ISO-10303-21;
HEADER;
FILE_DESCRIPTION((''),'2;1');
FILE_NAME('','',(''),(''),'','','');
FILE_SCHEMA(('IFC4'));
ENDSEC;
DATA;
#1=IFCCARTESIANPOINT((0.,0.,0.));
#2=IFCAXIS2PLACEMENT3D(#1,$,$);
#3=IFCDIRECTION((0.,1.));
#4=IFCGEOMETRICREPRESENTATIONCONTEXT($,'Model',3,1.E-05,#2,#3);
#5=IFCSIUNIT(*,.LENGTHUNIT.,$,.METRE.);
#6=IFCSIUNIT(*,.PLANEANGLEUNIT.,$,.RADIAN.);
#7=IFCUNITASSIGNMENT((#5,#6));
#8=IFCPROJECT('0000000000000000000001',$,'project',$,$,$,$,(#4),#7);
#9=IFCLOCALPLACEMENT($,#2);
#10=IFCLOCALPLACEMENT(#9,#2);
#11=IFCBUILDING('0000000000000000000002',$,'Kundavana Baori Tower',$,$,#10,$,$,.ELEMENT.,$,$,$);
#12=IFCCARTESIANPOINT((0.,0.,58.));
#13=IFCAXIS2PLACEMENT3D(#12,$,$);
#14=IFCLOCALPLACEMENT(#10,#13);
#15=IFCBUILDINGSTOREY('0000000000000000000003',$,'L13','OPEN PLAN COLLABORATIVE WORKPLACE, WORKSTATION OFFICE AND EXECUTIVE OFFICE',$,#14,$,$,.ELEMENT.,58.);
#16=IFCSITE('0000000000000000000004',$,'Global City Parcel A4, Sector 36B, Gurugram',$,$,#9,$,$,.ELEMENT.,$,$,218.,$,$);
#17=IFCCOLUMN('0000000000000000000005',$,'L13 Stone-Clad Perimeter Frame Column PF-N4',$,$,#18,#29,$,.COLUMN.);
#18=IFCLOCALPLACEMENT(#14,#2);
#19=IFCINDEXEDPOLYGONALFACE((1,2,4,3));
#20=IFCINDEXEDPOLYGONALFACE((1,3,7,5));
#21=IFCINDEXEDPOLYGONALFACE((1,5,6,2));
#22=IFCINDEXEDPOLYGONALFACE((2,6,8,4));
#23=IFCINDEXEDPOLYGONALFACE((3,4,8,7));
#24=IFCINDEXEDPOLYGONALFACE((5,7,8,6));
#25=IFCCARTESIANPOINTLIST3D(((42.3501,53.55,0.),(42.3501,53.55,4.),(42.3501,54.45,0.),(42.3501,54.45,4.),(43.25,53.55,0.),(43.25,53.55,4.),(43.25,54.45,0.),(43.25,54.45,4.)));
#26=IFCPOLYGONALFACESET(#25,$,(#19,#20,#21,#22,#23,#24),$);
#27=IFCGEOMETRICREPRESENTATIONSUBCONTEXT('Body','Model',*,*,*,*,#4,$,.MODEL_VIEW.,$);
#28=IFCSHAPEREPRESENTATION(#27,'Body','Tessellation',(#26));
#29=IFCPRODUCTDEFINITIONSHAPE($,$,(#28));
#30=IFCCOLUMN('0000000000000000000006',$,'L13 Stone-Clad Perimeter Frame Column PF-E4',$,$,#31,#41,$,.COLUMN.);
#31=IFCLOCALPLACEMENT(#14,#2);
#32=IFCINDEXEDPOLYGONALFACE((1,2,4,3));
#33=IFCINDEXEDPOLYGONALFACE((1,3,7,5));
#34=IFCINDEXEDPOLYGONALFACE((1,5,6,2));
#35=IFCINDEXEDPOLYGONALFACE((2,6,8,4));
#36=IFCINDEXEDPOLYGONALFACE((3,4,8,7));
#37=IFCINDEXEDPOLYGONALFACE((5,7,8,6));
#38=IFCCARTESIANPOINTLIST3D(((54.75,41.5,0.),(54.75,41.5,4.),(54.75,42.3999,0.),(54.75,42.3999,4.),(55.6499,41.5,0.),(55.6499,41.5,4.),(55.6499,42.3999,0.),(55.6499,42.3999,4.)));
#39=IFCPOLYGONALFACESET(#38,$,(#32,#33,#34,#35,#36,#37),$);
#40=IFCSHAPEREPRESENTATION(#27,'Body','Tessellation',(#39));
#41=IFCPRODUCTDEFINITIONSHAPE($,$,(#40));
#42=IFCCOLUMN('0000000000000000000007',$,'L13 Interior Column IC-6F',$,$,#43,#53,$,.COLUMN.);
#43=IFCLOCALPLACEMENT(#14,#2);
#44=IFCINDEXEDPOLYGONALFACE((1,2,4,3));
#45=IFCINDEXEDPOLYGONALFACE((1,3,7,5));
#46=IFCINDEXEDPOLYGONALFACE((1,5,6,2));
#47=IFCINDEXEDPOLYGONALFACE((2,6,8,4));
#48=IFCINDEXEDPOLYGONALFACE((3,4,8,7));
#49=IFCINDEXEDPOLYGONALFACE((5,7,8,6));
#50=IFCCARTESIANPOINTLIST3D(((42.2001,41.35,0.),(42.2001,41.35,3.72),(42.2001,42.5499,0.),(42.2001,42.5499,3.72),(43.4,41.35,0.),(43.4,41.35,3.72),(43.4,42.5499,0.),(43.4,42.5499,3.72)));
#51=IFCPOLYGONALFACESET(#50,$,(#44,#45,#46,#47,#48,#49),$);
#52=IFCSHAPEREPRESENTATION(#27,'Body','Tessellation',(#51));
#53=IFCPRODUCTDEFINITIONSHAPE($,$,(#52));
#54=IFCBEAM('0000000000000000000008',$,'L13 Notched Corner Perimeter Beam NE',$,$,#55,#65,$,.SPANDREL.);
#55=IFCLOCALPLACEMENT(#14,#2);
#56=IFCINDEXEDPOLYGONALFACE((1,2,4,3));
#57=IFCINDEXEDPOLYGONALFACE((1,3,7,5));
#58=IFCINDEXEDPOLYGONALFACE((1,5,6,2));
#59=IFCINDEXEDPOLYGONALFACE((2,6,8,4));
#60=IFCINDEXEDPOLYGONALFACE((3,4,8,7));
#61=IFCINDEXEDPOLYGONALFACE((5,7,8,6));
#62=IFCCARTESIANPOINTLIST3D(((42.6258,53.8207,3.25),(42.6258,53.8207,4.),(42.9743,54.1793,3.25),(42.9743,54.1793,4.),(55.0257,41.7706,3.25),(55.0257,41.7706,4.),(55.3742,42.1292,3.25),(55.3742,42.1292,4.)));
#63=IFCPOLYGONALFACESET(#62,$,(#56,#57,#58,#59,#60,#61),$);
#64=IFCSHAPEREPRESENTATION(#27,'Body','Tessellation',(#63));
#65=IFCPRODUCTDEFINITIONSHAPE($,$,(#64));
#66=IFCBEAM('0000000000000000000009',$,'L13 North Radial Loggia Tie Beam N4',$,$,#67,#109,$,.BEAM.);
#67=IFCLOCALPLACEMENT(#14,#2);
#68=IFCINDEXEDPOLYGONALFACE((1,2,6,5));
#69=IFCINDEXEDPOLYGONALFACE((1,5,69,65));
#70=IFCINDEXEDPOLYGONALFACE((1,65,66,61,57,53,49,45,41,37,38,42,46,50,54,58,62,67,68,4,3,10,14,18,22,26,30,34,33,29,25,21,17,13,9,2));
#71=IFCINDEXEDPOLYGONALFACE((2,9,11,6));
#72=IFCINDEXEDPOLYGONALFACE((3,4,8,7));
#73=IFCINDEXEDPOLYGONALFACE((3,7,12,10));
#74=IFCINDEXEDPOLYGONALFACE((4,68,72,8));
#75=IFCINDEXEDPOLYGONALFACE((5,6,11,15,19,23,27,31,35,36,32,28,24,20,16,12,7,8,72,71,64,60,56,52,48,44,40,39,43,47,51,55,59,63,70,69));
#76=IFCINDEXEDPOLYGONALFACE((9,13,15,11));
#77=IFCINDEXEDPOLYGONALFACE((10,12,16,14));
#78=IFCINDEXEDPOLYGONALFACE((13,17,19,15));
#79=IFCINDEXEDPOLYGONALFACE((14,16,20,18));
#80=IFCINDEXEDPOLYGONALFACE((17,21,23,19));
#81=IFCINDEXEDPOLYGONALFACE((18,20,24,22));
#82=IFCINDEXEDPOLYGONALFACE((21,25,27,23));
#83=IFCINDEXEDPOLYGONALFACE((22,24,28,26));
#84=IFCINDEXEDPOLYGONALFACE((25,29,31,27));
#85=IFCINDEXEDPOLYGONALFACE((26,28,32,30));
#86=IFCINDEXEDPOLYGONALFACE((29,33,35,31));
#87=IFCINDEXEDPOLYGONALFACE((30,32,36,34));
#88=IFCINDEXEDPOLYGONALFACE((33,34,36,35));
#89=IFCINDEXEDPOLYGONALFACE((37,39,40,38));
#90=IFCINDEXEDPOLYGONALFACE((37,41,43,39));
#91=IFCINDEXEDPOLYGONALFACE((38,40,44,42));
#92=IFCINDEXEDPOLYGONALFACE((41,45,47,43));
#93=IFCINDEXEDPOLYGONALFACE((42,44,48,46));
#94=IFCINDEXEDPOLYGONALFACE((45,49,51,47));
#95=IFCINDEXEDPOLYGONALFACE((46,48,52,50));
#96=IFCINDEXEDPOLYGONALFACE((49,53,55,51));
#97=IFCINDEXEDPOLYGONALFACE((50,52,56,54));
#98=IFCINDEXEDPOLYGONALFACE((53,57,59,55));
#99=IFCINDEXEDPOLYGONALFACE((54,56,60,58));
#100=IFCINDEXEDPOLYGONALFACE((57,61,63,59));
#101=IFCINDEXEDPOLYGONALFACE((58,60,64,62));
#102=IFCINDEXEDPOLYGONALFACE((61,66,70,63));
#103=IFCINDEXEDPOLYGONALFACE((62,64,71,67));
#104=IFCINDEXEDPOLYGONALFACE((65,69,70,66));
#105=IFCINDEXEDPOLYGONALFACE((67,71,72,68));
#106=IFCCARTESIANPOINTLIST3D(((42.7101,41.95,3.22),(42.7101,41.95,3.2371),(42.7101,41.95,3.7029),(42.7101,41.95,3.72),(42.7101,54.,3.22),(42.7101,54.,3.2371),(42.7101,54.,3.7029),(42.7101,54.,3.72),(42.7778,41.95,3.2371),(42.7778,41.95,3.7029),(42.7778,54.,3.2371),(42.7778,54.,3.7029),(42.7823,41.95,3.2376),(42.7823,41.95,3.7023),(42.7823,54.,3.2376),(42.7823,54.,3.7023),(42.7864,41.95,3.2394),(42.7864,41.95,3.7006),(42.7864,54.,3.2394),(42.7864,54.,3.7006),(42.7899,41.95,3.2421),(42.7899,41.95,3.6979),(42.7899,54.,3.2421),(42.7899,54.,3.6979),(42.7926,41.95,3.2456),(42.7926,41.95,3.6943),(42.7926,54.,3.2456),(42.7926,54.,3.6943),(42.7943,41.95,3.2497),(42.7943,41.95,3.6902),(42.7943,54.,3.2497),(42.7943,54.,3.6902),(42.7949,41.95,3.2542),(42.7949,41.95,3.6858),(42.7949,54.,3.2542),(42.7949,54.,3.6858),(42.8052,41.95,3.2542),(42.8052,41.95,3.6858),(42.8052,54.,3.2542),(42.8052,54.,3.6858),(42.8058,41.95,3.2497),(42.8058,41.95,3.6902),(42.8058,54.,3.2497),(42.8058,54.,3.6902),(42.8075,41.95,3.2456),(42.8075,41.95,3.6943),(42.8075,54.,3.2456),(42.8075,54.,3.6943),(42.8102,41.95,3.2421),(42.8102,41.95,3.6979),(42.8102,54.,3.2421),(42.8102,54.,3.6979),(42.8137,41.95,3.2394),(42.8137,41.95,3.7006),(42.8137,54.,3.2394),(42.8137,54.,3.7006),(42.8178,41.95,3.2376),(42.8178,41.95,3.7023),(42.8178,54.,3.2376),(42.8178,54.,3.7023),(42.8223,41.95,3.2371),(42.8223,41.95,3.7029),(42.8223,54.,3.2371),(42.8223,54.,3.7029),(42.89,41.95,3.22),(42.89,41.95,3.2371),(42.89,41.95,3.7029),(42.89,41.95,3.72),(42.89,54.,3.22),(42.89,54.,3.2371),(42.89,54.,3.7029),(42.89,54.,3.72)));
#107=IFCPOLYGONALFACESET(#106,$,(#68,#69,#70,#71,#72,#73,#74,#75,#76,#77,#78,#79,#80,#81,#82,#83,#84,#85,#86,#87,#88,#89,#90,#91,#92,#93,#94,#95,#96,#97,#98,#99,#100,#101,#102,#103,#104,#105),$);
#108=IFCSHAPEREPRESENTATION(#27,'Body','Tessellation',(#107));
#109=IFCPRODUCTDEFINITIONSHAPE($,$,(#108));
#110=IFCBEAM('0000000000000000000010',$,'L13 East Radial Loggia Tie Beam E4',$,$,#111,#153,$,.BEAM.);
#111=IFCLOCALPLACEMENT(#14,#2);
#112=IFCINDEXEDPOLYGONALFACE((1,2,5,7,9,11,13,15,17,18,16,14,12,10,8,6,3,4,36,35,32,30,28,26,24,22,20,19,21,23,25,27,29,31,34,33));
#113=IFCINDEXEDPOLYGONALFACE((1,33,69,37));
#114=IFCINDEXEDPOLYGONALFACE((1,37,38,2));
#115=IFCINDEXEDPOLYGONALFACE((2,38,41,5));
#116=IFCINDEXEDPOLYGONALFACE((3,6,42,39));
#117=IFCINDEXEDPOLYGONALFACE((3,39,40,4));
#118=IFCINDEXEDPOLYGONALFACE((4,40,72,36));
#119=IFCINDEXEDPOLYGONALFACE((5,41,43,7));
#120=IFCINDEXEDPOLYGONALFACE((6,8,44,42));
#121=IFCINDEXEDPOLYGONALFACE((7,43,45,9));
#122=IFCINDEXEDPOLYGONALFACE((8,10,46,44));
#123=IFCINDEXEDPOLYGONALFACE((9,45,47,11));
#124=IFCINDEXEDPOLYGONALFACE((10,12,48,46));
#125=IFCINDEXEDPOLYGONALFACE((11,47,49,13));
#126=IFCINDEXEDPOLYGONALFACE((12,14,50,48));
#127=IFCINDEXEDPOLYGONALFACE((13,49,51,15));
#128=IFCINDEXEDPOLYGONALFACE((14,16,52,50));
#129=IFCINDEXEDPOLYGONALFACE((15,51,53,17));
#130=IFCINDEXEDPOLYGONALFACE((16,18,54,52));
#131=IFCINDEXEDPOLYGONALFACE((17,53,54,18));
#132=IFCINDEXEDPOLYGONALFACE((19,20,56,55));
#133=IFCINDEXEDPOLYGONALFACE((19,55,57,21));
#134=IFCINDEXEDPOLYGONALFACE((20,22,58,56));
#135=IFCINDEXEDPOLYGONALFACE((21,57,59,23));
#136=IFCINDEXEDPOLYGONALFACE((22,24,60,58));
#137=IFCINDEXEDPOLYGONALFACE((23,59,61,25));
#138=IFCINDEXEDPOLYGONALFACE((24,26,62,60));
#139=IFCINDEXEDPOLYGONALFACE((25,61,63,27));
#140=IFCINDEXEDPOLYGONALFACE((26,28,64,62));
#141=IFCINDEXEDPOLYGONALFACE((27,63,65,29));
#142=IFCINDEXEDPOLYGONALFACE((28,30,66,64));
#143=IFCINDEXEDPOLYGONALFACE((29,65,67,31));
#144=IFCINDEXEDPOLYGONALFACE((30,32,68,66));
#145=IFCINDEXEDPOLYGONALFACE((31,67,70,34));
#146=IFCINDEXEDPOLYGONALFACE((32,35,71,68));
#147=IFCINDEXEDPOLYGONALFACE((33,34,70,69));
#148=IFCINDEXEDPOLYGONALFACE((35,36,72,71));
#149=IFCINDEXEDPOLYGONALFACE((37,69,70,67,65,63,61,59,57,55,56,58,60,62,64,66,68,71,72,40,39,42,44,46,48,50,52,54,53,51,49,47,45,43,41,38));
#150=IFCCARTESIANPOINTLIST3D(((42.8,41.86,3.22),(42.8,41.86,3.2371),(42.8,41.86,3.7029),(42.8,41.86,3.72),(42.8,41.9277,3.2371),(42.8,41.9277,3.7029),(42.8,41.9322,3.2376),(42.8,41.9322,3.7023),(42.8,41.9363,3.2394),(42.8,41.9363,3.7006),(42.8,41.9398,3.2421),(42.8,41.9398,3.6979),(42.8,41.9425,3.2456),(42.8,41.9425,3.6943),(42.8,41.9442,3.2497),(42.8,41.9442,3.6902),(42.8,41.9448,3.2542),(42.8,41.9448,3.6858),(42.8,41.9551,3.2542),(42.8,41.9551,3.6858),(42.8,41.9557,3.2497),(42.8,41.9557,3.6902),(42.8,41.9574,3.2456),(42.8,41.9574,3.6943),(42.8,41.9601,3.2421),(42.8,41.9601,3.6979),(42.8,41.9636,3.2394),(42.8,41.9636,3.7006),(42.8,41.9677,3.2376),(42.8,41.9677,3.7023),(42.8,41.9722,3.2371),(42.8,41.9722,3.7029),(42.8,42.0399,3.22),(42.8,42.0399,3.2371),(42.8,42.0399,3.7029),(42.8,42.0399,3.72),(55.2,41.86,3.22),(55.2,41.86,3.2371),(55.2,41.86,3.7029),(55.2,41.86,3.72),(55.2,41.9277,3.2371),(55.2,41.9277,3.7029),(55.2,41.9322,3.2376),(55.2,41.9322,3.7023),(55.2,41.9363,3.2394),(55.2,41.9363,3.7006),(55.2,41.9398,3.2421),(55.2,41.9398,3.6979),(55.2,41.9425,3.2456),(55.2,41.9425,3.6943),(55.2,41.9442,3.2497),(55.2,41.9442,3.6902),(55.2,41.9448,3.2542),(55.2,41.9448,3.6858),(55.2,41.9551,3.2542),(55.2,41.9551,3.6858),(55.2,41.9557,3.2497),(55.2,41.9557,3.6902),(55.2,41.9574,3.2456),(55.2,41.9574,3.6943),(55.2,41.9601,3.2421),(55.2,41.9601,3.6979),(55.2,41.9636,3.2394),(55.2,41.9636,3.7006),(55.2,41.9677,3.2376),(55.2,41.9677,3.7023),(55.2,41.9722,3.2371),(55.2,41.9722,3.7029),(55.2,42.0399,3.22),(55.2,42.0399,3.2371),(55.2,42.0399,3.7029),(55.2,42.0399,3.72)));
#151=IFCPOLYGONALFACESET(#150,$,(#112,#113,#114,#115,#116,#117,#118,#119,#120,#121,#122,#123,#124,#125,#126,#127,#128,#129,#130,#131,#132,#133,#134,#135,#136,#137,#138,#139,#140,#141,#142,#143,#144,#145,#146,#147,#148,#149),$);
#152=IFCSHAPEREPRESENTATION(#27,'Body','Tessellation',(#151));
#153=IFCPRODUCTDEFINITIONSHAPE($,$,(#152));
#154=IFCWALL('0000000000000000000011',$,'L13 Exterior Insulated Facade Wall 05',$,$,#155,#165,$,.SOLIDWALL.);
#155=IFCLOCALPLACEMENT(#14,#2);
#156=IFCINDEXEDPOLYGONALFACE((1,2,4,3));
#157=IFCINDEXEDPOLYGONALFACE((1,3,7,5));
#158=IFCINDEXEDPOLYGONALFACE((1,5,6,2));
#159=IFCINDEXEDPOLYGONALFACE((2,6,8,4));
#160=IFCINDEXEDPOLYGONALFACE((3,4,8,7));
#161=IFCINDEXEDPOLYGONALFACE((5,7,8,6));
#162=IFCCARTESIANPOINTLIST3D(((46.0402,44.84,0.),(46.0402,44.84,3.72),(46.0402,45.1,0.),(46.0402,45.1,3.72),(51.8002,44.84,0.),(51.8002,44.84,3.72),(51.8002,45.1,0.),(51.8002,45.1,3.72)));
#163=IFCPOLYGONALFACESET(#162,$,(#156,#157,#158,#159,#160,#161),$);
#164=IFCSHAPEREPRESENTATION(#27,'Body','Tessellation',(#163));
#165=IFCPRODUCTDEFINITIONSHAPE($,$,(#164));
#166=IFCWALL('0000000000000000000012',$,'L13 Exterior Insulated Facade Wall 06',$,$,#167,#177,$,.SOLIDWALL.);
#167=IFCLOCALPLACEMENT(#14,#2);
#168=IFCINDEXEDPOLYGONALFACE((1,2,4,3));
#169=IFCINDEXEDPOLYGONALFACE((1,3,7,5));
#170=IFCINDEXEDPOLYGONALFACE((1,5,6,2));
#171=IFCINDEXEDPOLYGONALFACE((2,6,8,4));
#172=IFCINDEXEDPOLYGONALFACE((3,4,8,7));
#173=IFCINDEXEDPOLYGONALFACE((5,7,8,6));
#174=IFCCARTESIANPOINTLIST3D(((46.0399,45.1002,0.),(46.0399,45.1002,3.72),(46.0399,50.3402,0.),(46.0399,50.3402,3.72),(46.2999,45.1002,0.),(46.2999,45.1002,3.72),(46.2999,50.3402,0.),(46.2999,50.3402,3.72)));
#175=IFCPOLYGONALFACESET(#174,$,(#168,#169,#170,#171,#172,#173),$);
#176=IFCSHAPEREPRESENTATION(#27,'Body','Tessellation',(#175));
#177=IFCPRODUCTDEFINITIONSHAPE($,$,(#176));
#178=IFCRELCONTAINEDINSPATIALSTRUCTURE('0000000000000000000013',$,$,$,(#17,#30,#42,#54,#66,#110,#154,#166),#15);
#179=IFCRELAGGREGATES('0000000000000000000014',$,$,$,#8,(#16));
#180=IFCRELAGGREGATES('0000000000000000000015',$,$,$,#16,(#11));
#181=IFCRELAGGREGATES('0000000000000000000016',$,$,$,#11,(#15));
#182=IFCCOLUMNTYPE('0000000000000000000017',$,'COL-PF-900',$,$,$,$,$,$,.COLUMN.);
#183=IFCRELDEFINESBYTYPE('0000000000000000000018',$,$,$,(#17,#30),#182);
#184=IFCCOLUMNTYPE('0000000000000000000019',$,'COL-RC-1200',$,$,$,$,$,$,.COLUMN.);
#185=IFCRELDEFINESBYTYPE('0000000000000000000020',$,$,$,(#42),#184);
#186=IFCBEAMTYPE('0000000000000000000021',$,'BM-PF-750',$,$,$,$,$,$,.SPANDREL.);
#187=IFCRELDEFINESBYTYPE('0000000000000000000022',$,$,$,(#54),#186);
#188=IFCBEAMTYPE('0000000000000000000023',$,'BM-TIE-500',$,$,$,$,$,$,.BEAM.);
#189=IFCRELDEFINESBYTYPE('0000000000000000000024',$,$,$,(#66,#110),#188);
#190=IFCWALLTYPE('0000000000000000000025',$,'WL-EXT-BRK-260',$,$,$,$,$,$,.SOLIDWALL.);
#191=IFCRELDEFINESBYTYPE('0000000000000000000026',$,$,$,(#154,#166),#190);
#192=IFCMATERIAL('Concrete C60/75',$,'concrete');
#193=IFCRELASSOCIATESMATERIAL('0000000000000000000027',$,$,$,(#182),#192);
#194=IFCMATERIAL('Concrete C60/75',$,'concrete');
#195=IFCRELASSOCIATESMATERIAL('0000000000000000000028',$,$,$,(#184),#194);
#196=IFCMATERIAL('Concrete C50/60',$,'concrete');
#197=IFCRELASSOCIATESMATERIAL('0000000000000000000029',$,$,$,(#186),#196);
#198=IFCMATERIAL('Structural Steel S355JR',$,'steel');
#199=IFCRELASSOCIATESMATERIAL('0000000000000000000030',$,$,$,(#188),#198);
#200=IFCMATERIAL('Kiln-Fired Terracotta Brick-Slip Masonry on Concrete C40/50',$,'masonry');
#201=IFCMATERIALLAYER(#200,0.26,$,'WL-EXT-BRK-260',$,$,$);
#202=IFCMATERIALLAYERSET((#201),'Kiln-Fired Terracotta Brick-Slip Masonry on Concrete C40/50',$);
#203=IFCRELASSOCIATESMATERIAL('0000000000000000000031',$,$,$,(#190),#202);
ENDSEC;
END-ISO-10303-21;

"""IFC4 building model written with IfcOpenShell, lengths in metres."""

from ifc_helpers import new_model, si_unit, direction, frame, frame_2d, origin, origin_2d, place, context, subcontext, project, spatial, rectangle, i_section, extrude, material, layer, layer_set, material_profile, profile_set, type_object, element, save


model = new_model("IFC4")

# Units and contexts
model_context = context("Model", 3, precision=1e-05, world=origin(), true_north=direction((0.0, 1.0)))
body_context = subcontext(model_context, "Body", "Model", "MODEL_VIEW")
ifc_project = project(units=[si_unit("LENGTHUNIT", "METRE"), si_unit("PLANEANGLEUNIT", "RADIAN")], contexts=[model_context])

# Site, building, storey
site_placement = place(None, origin())
site = spatial("IfcSite", under=ifc_project, at=site_placement, Name="Global City Parcel A4, Sector 36B, Gurugram", CompositionType="ELEMENT", RefElevation=218.0)
building_placement = place(site_placement, origin())
building = spatial("IfcBuilding", under=site, at=building_placement, Name="Kundavana Baori Tower", CompositionType="ELEMENT")
storey_placement = place(building_placement, frame((0.0, 0.0, 58.0)))
storey = spatial("IfcBuildingStorey", under=building, at=storey_placement, Name="L13", Description="OPEN PLAN COLLABORATIVE WORKPLACE, WORKSTATION OFFICE AND EXECUTIVE OFFICE", CompositionType="ELEMENT", Elevation=58.0)

# Columns
ifc_material_1 = material(Name="Concrete C60/75", Category="concrete")
ifc_material_profile_1 = material_profile(ifc_material_1, rectangle(XDim=0.8999, YDim=0.8999, at=origin_2d()), Name="RC PF 900x900")
ifc_profile_set_1 = profile_set([ifc_material_profile_1], Name="Concrete C60/75")
column_type_1 = type_object("IfcColumnType", Name="COL-PF-900", PredefinedType="COLUMN", material=ifc_profile_set_1)
for number, where, z_axis, x_axis, name in (
    (1, (42.8, 54.0, 0.0), (0.0, 0.0, 1.0), (1.0, 0.0, 0.0), "L13 Stone-Clad Perimeter Frame Column PF-N4"),
    (2, (55.2, 41.95, 0.0), (0.0, 0.0, 1.0), (1.0, 0.0, 0.0), "L13 Stone-Clad Perimeter Frame Column PF-E4"),
):
    element("IfcColumn", number, at=place(storey_placement, frame(where, z_axis=z_axis, x_axis=x_axis)), inside=storey, type_object=column_type_1, Name=name, PredefinedType="COLUMN", context=body_context, shape_type="SweptSolid", body=[
        extrude(rectangle(XDim=0.8999, YDim=0.8999, at=origin_2d()), origin(), (0.0, 0.0, 1.0), 4.0),
    ])
ifc_material_2 = material(Name="Concrete C60/75", Category="concrete")
ifc_material_profile_2 = material_profile(ifc_material_2, rectangle(XDim=1.2, YDim=1.2, at=origin_2d()), Name="RC 1200x1200")
ifc_profile_set_2 = profile_set([ifc_material_profile_2], Name="Concrete C60/75")
column_type_2 = type_object("IfcColumnType", Name="COL-RC-1200", PredefinedType="COLUMN", material=ifc_profile_set_2)
column_placement = place(storey_placement, frame((42.8, 41.95, 0.0), z_axis=(0.0, 0.0, 1.0), x_axis=(1.0, 0.0, 0.0)))
element("IfcColumn", 3, at=column_placement, inside=storey, type_object=column_type_2, Name="L13 Interior Column IC-6F", PredefinedType="COLUMN", context=body_context, shape_type="SweptSolid", body=[
    extrude(rectangle(XDim=1.2, YDim=1.2, at=origin_2d()), origin(), (0.0, 0.0, 1.0), 3.72),
])

# Beams
ifc_material_3 = material(Name="Concrete C50/60", Category="concrete")
ifc_material_profile_3 = material_profile(ifc_material_3, rectangle(XDim=0.5, YDim=0.75, at=origin_2d()), Name="RC BM 500x750")
ifc_profile_set_3 = profile_set([ifc_material_profile_3], Name="Concrete C50/60")
beam_type_1 = type_object("IfcBeamType", Name="BM-PF-750", PredefinedType="SPANDREL", material=ifc_profile_set_3)
beam_1_placement = place(storey_placement, frame((42.8, 54.0, 3.625), z_axis=(0.717151, -0.696917, 0.0), x_axis=(0.696917, 0.717151, 0.0)))
element("IfcBeam", 4, at=beam_1_placement, inside=storey, type_object=beam_type_1, Name="L13 Notched Corner Perimeter Beam NE", PredefinedType="SPANDREL", context=body_context, shape_type="SweptSolid", body=[
    extrude(rectangle(XDim=0.5, YDim=0.75, at=origin_2d()), origin(), (0.0, 0.0, 1.0), 17.2905),
])
ifc_material_4 = material(Name="Structural Steel S355JR", Category="steel")
ifc_material_profile_4 = material_profile(ifc_material_4, i_section(OverallWidth=0.1799, OverallDepth=0.5, WebThickness=0.0103, FlangeThickness=0.0171, FilletRadius=0.0171, at=origin_2d()), Name="ISMB 500")
ifc_profile_set_4 = profile_set([ifc_material_profile_4], Name="Structural Steel S355JR")
beam_type_2 = type_object("IfcBeamType", Name="BM-TIE-500", PredefinedType="BEAM", material=ifc_profile_set_4)
beam_2_placement = place(storey_placement, frame((42.8, 41.95, 3.47), z_axis=(0.0, 1.0, 0.0), x_axis=(-1.0, 0.0, 0.0)))
element("IfcBeam", 5, at=beam_2_placement, inside=storey, type_object=beam_type_2, Name="L13 North Radial Loggia Tie Beam N4", PredefinedType="BEAM", context=body_context, shape_type="SweptSolid", body=[
    extrude(i_section(OverallWidth=0.1799, OverallDepth=0.5, WebThickness=0.0103, FlangeThickness=0.0171, FilletRadius=0.0171, at=origin_2d()), origin(), (0.0, 0.0, 1.0), 12.05),
])
beam_3_placement = place(storey_placement, frame((42.8, 41.95, 3.47), z_axis=(1.0, 0.0, 0.0), x_axis=(0.0, 1.0, 0.0)))
element("IfcBeam", 6, at=beam_3_placement, inside=storey, type_object=beam_type_2, Name="L13 East Radial Loggia Tie Beam E4", PredefinedType="BEAM", context=body_context, shape_type="SweptSolid", body=[
    extrude(i_section(OverallWidth=0.1799, OverallDepth=0.5, WebThickness=0.0103, FlangeThickness=0.0171, FilletRadius=0.0171, at=origin_2d()), origin(), (0.0, 0.0, 1.0), 12.3999),
])

# Walls
ifc_material_5 = material(Name="Kiln-Fired Terracotta Brick-Slip Masonry on Concrete C40/50", Category="masonry")
ifc_layer_1 = layer(ifc_material_5, 0.26, Name="WL-EXT-BRK-260")
ifc_layer_set_1 = layer_set([ifc_layer_1], Name="Kiln-Fired Terracotta Brick-Slip Masonry on Concrete C40/50")
wall_type_1 = type_object("IfcWallType", Name="WL-EXT-BRK-260", PredefinedType="SOLIDWALL", material=ifc_layer_set_1)
wall_1_placement = place(storey_placement, frame((51.8, 44.97, 0.0), z_axis=(0.0, 0.0, 1.0), x_axis=(-1.0, 0.0, 0.0)))
element("IfcWall", 7, at=wall_1_placement, inside=storey, type_object=wall_type_1, Name="L13 Exterior Insulated Facade Wall 05", PredefinedType="SOLIDWALL", context=body_context, shape_type="SweptSolid", body=[
    extrude(rectangle(XDim=5.76, YDim=0.26, at=frame_2d((2.8799, 0.0))), origin(), (0.0, 0.0, 1.0), 3.72),
])
wall_2_placement = place(storey_placement, frame((46.1699, 45.1001, 0.0), z_axis=(0.0, 0.0, 1.0), x_axis=(0.0, 1.0, 0.0)))
element("IfcWall", 8, at=wall_2_placement, inside=storey, type_object=wall_type_1, Name="L13 Exterior Insulated Facade Wall 06", PredefinedType="SOLIDWALL", context=body_context, shape_type="SweptSolid", body=[
    extrude(rectangle(XDim=5.24, YDim=0.26, at=frame_2d((2.6201, 0.0))), origin(), (0.0, 0.0, 1.0), 3.72),
])

save(model, "model.ifc")
